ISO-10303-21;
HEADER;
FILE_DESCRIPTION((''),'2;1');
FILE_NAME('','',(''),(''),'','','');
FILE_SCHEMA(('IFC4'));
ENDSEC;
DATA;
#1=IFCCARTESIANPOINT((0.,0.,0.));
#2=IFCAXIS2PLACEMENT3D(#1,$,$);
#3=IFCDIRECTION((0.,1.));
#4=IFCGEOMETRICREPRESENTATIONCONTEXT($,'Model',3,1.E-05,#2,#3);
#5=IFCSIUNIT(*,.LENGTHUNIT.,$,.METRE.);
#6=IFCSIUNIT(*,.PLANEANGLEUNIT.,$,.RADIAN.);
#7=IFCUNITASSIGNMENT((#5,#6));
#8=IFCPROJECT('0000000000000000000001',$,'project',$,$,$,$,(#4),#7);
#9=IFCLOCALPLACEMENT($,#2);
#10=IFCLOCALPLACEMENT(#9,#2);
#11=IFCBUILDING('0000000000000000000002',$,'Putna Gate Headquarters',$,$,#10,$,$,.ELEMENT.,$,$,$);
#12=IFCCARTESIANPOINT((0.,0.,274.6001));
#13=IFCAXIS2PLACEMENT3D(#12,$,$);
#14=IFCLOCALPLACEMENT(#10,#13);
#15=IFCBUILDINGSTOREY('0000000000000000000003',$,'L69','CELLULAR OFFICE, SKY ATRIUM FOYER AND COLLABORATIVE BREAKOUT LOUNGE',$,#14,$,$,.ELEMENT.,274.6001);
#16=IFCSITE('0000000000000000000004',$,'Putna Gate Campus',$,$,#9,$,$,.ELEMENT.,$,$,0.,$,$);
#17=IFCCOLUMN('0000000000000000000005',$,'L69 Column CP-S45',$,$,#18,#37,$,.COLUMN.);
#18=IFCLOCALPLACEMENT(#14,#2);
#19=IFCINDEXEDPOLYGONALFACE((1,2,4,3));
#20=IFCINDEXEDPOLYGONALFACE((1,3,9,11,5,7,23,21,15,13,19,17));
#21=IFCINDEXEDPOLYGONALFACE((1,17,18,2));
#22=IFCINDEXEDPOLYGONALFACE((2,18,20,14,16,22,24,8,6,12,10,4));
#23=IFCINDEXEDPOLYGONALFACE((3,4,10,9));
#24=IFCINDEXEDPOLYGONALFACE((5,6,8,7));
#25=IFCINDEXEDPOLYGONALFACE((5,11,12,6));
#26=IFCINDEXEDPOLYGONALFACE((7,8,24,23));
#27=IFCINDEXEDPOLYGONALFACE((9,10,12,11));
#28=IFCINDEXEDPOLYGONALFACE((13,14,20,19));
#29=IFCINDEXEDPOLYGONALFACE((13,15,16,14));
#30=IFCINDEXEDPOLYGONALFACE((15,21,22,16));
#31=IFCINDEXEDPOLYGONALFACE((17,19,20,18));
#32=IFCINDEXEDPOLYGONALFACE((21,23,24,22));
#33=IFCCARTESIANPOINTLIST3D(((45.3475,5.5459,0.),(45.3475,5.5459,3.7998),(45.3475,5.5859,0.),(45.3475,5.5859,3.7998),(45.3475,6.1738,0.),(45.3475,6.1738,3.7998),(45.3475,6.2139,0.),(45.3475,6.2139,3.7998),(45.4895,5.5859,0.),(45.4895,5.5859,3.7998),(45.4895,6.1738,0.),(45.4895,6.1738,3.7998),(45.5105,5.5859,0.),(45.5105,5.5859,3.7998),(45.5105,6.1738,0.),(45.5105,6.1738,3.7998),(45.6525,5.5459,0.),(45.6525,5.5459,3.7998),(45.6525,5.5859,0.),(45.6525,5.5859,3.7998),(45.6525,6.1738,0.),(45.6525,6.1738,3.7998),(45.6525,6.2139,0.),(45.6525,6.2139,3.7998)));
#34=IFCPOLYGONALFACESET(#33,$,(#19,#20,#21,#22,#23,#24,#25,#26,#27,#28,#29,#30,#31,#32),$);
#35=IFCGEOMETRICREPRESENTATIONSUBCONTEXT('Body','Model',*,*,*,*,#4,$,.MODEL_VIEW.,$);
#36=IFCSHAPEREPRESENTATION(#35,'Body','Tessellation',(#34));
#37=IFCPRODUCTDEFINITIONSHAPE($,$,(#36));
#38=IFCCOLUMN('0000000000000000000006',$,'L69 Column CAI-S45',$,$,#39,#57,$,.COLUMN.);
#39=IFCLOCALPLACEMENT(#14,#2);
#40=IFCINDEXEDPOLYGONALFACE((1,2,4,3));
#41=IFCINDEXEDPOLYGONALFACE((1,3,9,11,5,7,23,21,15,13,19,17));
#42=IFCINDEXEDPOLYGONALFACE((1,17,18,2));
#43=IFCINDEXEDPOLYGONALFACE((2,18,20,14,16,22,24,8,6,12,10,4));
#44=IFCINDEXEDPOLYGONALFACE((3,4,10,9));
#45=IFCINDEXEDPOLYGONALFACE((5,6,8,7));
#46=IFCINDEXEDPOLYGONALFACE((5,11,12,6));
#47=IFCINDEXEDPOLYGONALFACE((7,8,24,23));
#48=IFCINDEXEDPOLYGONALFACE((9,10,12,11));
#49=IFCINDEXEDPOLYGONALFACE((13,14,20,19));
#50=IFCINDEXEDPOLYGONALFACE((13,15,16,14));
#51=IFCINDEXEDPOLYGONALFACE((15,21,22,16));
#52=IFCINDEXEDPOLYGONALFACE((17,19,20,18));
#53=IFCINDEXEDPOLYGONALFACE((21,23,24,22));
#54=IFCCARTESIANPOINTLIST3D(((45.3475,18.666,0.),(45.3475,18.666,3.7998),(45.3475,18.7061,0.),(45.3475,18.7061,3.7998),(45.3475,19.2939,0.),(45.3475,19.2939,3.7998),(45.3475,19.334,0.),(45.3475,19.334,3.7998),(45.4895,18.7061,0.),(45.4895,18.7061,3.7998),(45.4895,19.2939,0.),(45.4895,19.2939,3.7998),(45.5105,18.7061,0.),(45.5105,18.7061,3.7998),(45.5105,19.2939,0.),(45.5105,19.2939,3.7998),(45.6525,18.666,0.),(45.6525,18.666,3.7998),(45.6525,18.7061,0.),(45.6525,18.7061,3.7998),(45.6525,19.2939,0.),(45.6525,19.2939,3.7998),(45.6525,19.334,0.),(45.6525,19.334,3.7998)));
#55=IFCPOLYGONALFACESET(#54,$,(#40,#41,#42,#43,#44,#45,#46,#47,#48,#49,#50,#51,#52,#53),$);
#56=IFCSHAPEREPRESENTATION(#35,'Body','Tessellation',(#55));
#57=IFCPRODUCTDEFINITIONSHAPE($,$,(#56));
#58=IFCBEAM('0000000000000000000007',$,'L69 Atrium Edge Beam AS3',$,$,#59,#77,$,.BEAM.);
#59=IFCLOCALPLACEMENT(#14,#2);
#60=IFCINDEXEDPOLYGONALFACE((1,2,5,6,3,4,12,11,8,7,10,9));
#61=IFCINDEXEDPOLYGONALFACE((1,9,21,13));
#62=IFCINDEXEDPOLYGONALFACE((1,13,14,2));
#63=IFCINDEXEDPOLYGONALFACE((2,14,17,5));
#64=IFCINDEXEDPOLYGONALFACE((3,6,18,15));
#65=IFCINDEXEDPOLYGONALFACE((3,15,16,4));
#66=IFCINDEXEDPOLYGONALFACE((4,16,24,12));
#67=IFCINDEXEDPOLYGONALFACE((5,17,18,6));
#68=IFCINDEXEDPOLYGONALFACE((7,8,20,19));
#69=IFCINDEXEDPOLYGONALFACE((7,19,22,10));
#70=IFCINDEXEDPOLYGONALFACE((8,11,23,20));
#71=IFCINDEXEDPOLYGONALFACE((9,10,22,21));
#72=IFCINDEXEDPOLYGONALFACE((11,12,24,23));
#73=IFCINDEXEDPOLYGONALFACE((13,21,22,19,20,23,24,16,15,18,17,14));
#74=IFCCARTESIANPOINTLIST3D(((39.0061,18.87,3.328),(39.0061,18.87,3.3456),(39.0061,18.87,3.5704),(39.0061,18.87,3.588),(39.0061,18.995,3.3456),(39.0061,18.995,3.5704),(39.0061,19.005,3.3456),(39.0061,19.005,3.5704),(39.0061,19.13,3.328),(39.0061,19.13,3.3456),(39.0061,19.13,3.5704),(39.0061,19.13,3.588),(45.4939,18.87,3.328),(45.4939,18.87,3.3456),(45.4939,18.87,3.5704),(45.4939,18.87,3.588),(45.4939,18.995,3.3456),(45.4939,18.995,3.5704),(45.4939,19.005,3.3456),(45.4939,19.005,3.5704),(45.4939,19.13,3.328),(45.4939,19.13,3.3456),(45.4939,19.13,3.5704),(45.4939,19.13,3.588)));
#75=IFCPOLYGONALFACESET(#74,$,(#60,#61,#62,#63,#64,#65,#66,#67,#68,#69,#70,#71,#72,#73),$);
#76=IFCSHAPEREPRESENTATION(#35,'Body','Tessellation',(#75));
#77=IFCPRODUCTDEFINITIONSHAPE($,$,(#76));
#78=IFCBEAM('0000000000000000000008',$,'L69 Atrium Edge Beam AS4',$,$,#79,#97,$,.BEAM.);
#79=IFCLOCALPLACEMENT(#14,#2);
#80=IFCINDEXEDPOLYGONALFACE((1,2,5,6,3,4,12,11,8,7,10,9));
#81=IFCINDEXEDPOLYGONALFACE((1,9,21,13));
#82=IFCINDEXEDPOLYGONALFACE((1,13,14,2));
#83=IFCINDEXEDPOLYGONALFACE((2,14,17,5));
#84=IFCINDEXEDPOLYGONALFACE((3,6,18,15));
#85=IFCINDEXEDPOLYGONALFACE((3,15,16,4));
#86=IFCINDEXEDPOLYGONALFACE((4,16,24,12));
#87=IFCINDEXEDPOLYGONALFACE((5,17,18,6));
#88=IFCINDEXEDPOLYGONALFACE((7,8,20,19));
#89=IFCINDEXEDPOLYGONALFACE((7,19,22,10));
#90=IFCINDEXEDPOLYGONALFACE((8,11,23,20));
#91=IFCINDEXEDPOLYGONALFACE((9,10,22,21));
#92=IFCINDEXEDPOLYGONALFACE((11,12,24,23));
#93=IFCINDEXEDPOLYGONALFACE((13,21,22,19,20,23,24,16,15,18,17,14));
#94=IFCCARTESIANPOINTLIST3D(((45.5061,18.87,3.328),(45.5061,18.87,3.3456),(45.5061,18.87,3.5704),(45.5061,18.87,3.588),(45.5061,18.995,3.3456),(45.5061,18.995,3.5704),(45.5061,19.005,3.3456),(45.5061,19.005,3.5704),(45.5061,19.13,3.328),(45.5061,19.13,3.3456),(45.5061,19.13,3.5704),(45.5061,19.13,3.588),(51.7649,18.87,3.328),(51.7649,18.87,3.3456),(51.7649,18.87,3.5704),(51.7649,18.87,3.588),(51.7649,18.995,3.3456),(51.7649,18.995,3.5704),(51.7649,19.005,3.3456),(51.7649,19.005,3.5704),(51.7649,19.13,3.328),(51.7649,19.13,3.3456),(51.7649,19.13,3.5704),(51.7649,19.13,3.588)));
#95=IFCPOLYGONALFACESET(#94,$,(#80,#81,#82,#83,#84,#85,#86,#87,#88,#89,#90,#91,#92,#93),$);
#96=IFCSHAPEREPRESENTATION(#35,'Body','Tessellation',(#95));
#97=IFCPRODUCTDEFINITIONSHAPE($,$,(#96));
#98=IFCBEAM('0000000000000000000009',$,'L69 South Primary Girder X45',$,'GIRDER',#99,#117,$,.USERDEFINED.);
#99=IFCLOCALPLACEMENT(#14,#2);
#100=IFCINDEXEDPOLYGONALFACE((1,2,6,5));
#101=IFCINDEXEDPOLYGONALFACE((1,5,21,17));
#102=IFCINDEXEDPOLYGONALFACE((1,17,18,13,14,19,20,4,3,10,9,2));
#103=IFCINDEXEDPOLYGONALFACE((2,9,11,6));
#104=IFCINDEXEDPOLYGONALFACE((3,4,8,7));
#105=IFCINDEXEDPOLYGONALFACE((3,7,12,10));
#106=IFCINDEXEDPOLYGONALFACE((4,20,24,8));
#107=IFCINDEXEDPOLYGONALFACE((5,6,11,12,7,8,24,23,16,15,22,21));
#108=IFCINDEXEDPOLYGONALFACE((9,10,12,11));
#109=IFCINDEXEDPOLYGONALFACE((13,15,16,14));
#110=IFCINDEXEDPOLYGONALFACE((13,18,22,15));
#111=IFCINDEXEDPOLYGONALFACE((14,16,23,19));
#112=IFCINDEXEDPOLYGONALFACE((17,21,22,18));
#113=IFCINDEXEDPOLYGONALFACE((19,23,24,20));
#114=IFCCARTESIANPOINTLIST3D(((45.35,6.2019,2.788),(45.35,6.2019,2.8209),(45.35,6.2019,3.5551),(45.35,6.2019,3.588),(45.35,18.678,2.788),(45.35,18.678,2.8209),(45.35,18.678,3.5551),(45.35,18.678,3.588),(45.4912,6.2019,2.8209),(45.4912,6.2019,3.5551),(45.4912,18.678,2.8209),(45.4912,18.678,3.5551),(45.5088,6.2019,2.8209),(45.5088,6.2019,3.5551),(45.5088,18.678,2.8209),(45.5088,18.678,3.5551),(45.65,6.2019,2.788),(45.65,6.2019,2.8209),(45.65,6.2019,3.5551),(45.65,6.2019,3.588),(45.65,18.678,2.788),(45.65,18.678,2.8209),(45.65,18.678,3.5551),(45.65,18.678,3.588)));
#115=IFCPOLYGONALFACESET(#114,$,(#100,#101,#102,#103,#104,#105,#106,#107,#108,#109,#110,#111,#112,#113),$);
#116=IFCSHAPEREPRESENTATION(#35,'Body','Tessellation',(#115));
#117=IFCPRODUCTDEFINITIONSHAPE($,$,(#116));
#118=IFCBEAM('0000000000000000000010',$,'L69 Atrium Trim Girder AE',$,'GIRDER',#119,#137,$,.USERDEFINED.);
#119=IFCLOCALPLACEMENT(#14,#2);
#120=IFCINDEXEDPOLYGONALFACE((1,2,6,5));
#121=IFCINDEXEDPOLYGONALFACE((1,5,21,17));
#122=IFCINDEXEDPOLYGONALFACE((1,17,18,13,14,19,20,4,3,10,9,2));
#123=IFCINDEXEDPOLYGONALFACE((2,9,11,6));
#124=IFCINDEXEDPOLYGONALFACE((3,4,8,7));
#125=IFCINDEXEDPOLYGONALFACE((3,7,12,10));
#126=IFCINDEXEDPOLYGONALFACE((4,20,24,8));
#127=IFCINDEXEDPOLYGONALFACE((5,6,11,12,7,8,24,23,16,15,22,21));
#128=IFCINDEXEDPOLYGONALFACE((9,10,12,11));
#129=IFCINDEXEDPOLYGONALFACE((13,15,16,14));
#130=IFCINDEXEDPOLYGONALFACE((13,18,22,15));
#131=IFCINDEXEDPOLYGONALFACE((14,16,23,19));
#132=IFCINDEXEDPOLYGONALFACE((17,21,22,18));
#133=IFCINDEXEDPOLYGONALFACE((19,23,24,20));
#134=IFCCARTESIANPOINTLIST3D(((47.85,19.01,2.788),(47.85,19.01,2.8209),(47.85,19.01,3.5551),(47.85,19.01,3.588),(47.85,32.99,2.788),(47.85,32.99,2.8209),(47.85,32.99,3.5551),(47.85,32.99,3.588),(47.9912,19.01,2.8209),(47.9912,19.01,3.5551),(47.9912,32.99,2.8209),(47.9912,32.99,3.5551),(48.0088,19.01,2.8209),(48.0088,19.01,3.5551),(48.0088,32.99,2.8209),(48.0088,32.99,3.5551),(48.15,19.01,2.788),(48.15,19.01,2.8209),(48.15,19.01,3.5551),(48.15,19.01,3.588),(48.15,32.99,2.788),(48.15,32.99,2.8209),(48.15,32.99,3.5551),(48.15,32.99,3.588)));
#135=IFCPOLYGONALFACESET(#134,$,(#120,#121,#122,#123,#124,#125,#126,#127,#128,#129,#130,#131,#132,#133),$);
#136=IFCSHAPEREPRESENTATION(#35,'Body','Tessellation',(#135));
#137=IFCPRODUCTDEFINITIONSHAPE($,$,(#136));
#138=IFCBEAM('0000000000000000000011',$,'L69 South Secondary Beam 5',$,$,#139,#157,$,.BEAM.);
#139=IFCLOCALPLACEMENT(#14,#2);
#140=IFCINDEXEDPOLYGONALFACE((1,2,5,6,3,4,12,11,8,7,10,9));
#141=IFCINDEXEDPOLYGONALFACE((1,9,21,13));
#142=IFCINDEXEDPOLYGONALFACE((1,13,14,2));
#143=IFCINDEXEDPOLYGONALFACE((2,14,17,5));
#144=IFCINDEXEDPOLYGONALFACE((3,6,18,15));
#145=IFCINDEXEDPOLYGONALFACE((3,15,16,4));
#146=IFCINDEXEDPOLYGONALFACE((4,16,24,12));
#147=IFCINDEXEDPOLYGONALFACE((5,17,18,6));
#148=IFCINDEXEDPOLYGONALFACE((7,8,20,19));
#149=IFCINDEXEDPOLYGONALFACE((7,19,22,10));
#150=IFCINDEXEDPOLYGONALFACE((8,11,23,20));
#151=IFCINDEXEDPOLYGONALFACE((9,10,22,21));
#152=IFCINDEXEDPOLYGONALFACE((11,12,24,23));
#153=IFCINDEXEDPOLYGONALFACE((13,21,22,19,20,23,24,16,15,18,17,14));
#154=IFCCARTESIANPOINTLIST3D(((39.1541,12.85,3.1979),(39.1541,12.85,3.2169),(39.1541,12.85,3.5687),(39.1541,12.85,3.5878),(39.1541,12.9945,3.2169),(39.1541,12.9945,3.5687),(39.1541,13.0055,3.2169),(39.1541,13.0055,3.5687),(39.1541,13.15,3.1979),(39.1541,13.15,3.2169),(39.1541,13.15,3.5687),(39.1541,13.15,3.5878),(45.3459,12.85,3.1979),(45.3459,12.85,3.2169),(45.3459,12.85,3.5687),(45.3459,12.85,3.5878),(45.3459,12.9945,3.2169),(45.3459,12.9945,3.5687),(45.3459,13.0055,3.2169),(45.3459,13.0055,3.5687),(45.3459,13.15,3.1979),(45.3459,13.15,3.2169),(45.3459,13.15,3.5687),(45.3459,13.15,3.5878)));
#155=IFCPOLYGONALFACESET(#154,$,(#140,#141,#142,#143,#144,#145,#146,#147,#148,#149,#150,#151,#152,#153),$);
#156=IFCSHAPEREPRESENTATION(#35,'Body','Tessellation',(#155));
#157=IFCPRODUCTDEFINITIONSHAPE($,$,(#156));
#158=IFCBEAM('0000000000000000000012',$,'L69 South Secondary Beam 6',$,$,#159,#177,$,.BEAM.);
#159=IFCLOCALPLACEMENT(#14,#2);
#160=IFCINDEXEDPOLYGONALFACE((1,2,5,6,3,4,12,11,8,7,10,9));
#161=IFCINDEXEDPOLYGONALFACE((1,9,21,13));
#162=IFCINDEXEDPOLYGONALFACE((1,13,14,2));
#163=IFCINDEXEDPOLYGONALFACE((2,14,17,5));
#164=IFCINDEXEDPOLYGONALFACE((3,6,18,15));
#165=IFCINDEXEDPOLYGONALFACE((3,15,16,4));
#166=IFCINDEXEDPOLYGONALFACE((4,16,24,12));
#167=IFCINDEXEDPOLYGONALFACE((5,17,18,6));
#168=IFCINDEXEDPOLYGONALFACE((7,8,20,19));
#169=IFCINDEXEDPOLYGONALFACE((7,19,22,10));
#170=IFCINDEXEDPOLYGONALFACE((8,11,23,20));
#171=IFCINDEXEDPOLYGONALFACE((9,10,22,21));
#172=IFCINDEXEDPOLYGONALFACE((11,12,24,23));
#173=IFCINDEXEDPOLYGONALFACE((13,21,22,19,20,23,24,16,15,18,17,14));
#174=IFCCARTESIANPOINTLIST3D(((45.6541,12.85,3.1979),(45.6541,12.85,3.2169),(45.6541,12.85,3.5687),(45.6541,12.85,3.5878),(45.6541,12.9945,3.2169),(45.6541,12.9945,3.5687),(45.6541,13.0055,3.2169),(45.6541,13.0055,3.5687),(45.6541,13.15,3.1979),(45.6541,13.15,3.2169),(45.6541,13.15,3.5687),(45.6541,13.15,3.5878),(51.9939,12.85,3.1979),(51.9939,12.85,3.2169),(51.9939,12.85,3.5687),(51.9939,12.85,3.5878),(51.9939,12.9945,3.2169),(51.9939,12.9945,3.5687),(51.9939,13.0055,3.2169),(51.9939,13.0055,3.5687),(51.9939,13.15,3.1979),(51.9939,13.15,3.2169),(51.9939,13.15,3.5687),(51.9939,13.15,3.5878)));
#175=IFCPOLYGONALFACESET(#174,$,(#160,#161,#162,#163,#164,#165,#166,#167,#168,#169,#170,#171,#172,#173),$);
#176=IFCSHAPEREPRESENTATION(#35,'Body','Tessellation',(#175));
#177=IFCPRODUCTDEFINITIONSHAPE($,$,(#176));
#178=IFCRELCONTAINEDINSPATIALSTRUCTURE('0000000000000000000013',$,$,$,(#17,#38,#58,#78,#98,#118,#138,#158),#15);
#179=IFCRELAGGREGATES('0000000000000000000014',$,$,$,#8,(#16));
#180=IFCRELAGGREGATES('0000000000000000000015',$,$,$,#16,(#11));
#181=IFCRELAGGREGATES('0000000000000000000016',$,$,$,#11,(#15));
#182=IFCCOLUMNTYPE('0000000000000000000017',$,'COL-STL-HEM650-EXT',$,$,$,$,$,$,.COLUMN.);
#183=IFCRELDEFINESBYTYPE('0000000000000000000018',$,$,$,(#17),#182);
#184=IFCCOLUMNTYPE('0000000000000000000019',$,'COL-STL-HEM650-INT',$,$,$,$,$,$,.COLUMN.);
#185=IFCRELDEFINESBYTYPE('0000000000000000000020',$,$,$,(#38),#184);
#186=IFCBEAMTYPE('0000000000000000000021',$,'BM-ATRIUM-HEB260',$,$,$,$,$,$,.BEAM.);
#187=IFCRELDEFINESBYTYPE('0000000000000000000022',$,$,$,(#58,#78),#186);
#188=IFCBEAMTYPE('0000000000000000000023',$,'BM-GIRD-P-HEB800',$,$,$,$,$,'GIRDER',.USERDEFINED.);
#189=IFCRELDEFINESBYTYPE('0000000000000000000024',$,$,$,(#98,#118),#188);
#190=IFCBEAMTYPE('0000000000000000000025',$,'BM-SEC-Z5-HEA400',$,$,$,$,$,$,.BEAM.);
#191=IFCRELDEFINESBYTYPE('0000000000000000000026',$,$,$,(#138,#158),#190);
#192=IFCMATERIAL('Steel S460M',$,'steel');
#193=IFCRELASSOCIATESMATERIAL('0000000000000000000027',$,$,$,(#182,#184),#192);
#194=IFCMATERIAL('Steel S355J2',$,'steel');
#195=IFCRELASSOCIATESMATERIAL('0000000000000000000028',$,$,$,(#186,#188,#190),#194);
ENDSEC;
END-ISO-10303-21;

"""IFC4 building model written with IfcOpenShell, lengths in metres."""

from ifc_helpers import new_model, si_unit, direction, frame, origin, origin_2d, place, context, subcontext, project, spatial, i_section, extrude, material, material_profile, profile_set, type_object, element, save


model = new_model("IFC4")

# Units and contexts
model_context = context("Model", 3, precision=1e-05, world=origin(), true_north=direction((0.0, 1.0)))
body_context = subcontext(model_context, "Body", "Model", "MODEL_VIEW")
ifc_project = project(units=[si_unit("LENGTHUNIT", "METRE"), si_unit("PLANEANGLEUNIT", "RADIAN")], contexts=[model_context])

# Site, building, storey
site_placement = place(None, origin())
site = spatial("IfcSite", under=ifc_project, at=site_placement, Name="Putna Gate Campus", CompositionType="ELEMENT", RefElevation=0.0)
building_placement = place(site_placement, origin())
building = spatial("IfcBuilding", under=site, at=building_placement, Name="Putna Gate Headquarters", CompositionType="ELEMENT")
storey_placement = place(building_placement, frame((0.0, 0.0, 274.6001)))
storey = spatial("IfcBuildingStorey", under=building, at=storey_placement, Name="L69", Description="CELLULAR OFFICE, SKY ATRIUM FOYER AND COLLABORATIVE BREAKOUT LOUNGE", CompositionType="ELEMENT", Elevation=274.6001)

# Columns
ifc_material_1 = material(Name="Steel S460M", Category="steel")
ifc_material_profile_1 = material_profile(ifc_material_1, i_section(OverallWidth=0.3049, OverallDepth=0.668, WebThickness=0.021, FlangeThickness=0.04, at=origin_2d()), Name="Steel S460M")
ifc_profile_set_1 = profile_set([ifc_material_profile_1], Name="Steel S460M")
column_type_1 = type_object("IfcColumnType", Name="COL-STL-HEM650-EXT", PredefinedType="COLUMN", material=ifc_profile_set_1)
column_1_placement = place(storey_placement, frame((45.5, 5.8799, 0.0), z_axis=(0.0, 0.0, 1.0), x_axis=(1.0, 0.0, 0.0)))
element("IfcColumn", 1, at=column_1_placement, inside=storey, type_object=column_type_1, Name="L69 Column CP-S45", PredefinedType="COLUMN", context=body_context, shape_type="SweptSolid", body=[
    extrude(i_section(OverallWidth=0.3049, OverallDepth=0.668, WebThickness=0.021, FlangeThickness=0.04, at=origin_2d()), origin(), (0.0, 0.0, 1.0), 3.7998),
])
ifc_material_profile_2 = material_profile(ifc_material_1, i_section(OverallWidth=0.3049, OverallDepth=0.668, WebThickness=0.021, FlangeThickness=0.04, at=origin_2d()), Name="Steel S460M")
ifc_profile_set_2 = profile_set([ifc_material_profile_2], Name="Steel S460M")
column_type_2 = type_object("IfcColumnType", Name="COL-STL-HEM650-INT", PredefinedType="COLUMN", material=ifc_profile_set_2)
column_2_placement = place(storey_placement, frame((45.5, 19.0, 0.0), z_axis=(0.0, 0.0, 1.0), x_axis=(1.0, 0.0, 0.0)))
element("IfcColumn", 2, at=column_2_placement, inside=storey, type_object=column_type_2, Name="L69 Column CAI-S45", PredefinedType="COLUMN", context=body_context, shape_type="SweptSolid", body=[
    extrude(i_section(OverallWidth=0.3049, OverallDepth=0.668, WebThickness=0.021, FlangeThickness=0.04, at=origin_2d()), origin(), (0.0, 0.0, 1.0), 3.7998),
])

# Beams
ifc_material_2 = material(Name="Steel S355J2", Category="steel")
ifc_material_profile_3 = material_profile(ifc_material_2, i_section(OverallWidth=0.26, OverallDepth=0.26, WebThickness=0.01, FlangeThickness=0.0176, at=origin_2d()), Name="Steel S355J2")
ifc_profile_set_3 = profile_set([ifc_material_profile_3], Name="Steel S355J2")
beam_type_1 = type_object("IfcBeamType", Name="BM-ATRIUM-HEB260", PredefinedType="BEAM", material=ifc_profile_set_3)
beam_1_placement = place(storey_placement, frame((39.0061, 19.0, 3.458), z_axis=(1.0, 0.0, 0.0), x_axis=(0.0, 1.0, 0.0)))
element("IfcBeam", 3, at=beam_1_placement, inside=storey, type_object=beam_type_1, Name="L69 Atrium Edge Beam AS3", PredefinedType="BEAM", context=body_context, shape_type="SweptSolid", body=[
    extrude(i_section(OverallWidth=0.26, OverallDepth=0.26, WebThickness=0.01, FlangeThickness=0.0176, at=origin_2d()), origin(), (0.0, 0.0, 1.0), 6.4878),
])
beam_2_placement = place(storey_placement, frame((45.5061, 19.0, 3.458), z_axis=(1.0, 0.0, 0.0), x_axis=(0.0, 1.0, 0.0)))
element("IfcBeam", 4, at=beam_2_placement, inside=storey, type_object=beam_type_1, Name="L69 Atrium Edge Beam AS4", PredefinedType="BEAM", context=body_context, shape_type="SweptSolid", body=[
    extrude(i_section(OverallWidth=0.26, OverallDepth=0.26, WebThickness=0.01, FlangeThickness=0.0176, at=origin_2d()), origin(), (0.0, 0.0, 1.0), 6.2588),
])
ifc_material_profile_4 = material_profile(ifc_material_2, i_section(OverallWidth=0.3, OverallDepth=0.8, WebThickness=0.0176, FlangeThickness=0.033, at=origin_2d()), Name="Steel S355J2")
ifc_profile_set_4 = profile_set([ifc_material_profile_4], Name="Steel S355J2")
beam_type_2 = type_object("IfcBeamType", Name="BM-GIRD-P-HEB800", ElementType="GIRDER", PredefinedType="USERDEFINED", material=ifc_profile_set_4)
beam_3_placement = place(storey_placement, frame((45.5, 6.2019, 3.188), z_axis=(0.0, 1.0, 0.0), x_axis=(-1.0, 0.0, 0.0)))
element("IfcBeam", 5, at=beam_3_placement, inside=storey, type_object=beam_type_2, Name="L69 South Primary Girder X45", ObjectType="GIRDER", PredefinedType="USERDEFINED", context=body_context, shape_type="SweptSolid", body=[
    extrude(i_section(OverallWidth=0.3, OverallDepth=0.8, WebThickness=0.0176, FlangeThickness=0.033, at=origin_2d()), origin(), (0.0, 0.0, 1.0), 12.4761),
])
beam_4_placement = place(storey_placement, frame((48.0, 19.01, 3.188), z_axis=(0.0, 1.0, 0.0), x_axis=(-1.0, 0.0, 0.0)))
element("IfcBeam", 6, at=beam_4_placement, inside=storey, type_object=beam_type_2, Name="L69 Atrium Trim Girder AE", ObjectType="GIRDER", PredefinedType="USERDEFINED", context=body_context, shape_type="SweptSolid", body=[
    extrude(i_section(OverallWidth=0.3, OverallDepth=0.8, WebThickness=0.0176, FlangeThickness=0.033, at=origin_2d()), origin(), (0.0, 0.0, 1.0), 13.98),
])
ifc_material_profile_5 = material_profile(ifc_material_2, i_section(OverallWidth=0.3, OverallDepth=0.3899, WebThickness=0.011, FlangeThickness=0.019, at=origin_2d()), Name="Steel S355J2")
ifc_profile_set_5 = profile_set([ifc_material_profile_5], Name="Steel S355J2")
beam_type_3 = type_object("IfcBeamType", Name="BM-SEC-Z5-HEA400", PredefinedType="BEAM", material=ifc_profile_set_5)
beam_5_placement = place(storey_placement, frame((39.1541, 13.0, 3.3928), z_axis=(1.0, 0.0, 0.0), x_axis=(0.0, 1.0, 0.0)))
element("IfcBeam", 7, at=beam_5_placement, inside=storey, type_object=beam_type_3, Name="L69 South Secondary Beam 5", PredefinedType="BEAM", context=body_context, shape_type="SweptSolid", body=[
    extrude(i_section(OverallWidth=0.3, OverallDepth=0.3899, WebThickness=0.011, FlangeThickness=0.019, at=origin_2d()), origin(), (0.0, 0.0, 1.0), 6.1919),
])
beam_6_placement = place(storey_placement, frame((45.6541, 13.0, 3.3928), z_axis=(1.0, 0.0, 0.0), x_axis=(0.0, 1.0, 0.0)))
element("IfcBeam", 8, at=beam_6_placement, inside=storey, type_object=beam_type_3, Name="L69 South Secondary Beam 6", PredefinedType="BEAM", context=body_context, shape_type="SweptSolid", body=[
    extrude(i_section(OverallWidth=0.3, OverallDepth=0.3899, WebThickness=0.011, FlangeThickness=0.019, at=origin_2d()), origin(), (0.0, 0.0, 1.0), 6.3398),
])

save(model, "model.ifc")
